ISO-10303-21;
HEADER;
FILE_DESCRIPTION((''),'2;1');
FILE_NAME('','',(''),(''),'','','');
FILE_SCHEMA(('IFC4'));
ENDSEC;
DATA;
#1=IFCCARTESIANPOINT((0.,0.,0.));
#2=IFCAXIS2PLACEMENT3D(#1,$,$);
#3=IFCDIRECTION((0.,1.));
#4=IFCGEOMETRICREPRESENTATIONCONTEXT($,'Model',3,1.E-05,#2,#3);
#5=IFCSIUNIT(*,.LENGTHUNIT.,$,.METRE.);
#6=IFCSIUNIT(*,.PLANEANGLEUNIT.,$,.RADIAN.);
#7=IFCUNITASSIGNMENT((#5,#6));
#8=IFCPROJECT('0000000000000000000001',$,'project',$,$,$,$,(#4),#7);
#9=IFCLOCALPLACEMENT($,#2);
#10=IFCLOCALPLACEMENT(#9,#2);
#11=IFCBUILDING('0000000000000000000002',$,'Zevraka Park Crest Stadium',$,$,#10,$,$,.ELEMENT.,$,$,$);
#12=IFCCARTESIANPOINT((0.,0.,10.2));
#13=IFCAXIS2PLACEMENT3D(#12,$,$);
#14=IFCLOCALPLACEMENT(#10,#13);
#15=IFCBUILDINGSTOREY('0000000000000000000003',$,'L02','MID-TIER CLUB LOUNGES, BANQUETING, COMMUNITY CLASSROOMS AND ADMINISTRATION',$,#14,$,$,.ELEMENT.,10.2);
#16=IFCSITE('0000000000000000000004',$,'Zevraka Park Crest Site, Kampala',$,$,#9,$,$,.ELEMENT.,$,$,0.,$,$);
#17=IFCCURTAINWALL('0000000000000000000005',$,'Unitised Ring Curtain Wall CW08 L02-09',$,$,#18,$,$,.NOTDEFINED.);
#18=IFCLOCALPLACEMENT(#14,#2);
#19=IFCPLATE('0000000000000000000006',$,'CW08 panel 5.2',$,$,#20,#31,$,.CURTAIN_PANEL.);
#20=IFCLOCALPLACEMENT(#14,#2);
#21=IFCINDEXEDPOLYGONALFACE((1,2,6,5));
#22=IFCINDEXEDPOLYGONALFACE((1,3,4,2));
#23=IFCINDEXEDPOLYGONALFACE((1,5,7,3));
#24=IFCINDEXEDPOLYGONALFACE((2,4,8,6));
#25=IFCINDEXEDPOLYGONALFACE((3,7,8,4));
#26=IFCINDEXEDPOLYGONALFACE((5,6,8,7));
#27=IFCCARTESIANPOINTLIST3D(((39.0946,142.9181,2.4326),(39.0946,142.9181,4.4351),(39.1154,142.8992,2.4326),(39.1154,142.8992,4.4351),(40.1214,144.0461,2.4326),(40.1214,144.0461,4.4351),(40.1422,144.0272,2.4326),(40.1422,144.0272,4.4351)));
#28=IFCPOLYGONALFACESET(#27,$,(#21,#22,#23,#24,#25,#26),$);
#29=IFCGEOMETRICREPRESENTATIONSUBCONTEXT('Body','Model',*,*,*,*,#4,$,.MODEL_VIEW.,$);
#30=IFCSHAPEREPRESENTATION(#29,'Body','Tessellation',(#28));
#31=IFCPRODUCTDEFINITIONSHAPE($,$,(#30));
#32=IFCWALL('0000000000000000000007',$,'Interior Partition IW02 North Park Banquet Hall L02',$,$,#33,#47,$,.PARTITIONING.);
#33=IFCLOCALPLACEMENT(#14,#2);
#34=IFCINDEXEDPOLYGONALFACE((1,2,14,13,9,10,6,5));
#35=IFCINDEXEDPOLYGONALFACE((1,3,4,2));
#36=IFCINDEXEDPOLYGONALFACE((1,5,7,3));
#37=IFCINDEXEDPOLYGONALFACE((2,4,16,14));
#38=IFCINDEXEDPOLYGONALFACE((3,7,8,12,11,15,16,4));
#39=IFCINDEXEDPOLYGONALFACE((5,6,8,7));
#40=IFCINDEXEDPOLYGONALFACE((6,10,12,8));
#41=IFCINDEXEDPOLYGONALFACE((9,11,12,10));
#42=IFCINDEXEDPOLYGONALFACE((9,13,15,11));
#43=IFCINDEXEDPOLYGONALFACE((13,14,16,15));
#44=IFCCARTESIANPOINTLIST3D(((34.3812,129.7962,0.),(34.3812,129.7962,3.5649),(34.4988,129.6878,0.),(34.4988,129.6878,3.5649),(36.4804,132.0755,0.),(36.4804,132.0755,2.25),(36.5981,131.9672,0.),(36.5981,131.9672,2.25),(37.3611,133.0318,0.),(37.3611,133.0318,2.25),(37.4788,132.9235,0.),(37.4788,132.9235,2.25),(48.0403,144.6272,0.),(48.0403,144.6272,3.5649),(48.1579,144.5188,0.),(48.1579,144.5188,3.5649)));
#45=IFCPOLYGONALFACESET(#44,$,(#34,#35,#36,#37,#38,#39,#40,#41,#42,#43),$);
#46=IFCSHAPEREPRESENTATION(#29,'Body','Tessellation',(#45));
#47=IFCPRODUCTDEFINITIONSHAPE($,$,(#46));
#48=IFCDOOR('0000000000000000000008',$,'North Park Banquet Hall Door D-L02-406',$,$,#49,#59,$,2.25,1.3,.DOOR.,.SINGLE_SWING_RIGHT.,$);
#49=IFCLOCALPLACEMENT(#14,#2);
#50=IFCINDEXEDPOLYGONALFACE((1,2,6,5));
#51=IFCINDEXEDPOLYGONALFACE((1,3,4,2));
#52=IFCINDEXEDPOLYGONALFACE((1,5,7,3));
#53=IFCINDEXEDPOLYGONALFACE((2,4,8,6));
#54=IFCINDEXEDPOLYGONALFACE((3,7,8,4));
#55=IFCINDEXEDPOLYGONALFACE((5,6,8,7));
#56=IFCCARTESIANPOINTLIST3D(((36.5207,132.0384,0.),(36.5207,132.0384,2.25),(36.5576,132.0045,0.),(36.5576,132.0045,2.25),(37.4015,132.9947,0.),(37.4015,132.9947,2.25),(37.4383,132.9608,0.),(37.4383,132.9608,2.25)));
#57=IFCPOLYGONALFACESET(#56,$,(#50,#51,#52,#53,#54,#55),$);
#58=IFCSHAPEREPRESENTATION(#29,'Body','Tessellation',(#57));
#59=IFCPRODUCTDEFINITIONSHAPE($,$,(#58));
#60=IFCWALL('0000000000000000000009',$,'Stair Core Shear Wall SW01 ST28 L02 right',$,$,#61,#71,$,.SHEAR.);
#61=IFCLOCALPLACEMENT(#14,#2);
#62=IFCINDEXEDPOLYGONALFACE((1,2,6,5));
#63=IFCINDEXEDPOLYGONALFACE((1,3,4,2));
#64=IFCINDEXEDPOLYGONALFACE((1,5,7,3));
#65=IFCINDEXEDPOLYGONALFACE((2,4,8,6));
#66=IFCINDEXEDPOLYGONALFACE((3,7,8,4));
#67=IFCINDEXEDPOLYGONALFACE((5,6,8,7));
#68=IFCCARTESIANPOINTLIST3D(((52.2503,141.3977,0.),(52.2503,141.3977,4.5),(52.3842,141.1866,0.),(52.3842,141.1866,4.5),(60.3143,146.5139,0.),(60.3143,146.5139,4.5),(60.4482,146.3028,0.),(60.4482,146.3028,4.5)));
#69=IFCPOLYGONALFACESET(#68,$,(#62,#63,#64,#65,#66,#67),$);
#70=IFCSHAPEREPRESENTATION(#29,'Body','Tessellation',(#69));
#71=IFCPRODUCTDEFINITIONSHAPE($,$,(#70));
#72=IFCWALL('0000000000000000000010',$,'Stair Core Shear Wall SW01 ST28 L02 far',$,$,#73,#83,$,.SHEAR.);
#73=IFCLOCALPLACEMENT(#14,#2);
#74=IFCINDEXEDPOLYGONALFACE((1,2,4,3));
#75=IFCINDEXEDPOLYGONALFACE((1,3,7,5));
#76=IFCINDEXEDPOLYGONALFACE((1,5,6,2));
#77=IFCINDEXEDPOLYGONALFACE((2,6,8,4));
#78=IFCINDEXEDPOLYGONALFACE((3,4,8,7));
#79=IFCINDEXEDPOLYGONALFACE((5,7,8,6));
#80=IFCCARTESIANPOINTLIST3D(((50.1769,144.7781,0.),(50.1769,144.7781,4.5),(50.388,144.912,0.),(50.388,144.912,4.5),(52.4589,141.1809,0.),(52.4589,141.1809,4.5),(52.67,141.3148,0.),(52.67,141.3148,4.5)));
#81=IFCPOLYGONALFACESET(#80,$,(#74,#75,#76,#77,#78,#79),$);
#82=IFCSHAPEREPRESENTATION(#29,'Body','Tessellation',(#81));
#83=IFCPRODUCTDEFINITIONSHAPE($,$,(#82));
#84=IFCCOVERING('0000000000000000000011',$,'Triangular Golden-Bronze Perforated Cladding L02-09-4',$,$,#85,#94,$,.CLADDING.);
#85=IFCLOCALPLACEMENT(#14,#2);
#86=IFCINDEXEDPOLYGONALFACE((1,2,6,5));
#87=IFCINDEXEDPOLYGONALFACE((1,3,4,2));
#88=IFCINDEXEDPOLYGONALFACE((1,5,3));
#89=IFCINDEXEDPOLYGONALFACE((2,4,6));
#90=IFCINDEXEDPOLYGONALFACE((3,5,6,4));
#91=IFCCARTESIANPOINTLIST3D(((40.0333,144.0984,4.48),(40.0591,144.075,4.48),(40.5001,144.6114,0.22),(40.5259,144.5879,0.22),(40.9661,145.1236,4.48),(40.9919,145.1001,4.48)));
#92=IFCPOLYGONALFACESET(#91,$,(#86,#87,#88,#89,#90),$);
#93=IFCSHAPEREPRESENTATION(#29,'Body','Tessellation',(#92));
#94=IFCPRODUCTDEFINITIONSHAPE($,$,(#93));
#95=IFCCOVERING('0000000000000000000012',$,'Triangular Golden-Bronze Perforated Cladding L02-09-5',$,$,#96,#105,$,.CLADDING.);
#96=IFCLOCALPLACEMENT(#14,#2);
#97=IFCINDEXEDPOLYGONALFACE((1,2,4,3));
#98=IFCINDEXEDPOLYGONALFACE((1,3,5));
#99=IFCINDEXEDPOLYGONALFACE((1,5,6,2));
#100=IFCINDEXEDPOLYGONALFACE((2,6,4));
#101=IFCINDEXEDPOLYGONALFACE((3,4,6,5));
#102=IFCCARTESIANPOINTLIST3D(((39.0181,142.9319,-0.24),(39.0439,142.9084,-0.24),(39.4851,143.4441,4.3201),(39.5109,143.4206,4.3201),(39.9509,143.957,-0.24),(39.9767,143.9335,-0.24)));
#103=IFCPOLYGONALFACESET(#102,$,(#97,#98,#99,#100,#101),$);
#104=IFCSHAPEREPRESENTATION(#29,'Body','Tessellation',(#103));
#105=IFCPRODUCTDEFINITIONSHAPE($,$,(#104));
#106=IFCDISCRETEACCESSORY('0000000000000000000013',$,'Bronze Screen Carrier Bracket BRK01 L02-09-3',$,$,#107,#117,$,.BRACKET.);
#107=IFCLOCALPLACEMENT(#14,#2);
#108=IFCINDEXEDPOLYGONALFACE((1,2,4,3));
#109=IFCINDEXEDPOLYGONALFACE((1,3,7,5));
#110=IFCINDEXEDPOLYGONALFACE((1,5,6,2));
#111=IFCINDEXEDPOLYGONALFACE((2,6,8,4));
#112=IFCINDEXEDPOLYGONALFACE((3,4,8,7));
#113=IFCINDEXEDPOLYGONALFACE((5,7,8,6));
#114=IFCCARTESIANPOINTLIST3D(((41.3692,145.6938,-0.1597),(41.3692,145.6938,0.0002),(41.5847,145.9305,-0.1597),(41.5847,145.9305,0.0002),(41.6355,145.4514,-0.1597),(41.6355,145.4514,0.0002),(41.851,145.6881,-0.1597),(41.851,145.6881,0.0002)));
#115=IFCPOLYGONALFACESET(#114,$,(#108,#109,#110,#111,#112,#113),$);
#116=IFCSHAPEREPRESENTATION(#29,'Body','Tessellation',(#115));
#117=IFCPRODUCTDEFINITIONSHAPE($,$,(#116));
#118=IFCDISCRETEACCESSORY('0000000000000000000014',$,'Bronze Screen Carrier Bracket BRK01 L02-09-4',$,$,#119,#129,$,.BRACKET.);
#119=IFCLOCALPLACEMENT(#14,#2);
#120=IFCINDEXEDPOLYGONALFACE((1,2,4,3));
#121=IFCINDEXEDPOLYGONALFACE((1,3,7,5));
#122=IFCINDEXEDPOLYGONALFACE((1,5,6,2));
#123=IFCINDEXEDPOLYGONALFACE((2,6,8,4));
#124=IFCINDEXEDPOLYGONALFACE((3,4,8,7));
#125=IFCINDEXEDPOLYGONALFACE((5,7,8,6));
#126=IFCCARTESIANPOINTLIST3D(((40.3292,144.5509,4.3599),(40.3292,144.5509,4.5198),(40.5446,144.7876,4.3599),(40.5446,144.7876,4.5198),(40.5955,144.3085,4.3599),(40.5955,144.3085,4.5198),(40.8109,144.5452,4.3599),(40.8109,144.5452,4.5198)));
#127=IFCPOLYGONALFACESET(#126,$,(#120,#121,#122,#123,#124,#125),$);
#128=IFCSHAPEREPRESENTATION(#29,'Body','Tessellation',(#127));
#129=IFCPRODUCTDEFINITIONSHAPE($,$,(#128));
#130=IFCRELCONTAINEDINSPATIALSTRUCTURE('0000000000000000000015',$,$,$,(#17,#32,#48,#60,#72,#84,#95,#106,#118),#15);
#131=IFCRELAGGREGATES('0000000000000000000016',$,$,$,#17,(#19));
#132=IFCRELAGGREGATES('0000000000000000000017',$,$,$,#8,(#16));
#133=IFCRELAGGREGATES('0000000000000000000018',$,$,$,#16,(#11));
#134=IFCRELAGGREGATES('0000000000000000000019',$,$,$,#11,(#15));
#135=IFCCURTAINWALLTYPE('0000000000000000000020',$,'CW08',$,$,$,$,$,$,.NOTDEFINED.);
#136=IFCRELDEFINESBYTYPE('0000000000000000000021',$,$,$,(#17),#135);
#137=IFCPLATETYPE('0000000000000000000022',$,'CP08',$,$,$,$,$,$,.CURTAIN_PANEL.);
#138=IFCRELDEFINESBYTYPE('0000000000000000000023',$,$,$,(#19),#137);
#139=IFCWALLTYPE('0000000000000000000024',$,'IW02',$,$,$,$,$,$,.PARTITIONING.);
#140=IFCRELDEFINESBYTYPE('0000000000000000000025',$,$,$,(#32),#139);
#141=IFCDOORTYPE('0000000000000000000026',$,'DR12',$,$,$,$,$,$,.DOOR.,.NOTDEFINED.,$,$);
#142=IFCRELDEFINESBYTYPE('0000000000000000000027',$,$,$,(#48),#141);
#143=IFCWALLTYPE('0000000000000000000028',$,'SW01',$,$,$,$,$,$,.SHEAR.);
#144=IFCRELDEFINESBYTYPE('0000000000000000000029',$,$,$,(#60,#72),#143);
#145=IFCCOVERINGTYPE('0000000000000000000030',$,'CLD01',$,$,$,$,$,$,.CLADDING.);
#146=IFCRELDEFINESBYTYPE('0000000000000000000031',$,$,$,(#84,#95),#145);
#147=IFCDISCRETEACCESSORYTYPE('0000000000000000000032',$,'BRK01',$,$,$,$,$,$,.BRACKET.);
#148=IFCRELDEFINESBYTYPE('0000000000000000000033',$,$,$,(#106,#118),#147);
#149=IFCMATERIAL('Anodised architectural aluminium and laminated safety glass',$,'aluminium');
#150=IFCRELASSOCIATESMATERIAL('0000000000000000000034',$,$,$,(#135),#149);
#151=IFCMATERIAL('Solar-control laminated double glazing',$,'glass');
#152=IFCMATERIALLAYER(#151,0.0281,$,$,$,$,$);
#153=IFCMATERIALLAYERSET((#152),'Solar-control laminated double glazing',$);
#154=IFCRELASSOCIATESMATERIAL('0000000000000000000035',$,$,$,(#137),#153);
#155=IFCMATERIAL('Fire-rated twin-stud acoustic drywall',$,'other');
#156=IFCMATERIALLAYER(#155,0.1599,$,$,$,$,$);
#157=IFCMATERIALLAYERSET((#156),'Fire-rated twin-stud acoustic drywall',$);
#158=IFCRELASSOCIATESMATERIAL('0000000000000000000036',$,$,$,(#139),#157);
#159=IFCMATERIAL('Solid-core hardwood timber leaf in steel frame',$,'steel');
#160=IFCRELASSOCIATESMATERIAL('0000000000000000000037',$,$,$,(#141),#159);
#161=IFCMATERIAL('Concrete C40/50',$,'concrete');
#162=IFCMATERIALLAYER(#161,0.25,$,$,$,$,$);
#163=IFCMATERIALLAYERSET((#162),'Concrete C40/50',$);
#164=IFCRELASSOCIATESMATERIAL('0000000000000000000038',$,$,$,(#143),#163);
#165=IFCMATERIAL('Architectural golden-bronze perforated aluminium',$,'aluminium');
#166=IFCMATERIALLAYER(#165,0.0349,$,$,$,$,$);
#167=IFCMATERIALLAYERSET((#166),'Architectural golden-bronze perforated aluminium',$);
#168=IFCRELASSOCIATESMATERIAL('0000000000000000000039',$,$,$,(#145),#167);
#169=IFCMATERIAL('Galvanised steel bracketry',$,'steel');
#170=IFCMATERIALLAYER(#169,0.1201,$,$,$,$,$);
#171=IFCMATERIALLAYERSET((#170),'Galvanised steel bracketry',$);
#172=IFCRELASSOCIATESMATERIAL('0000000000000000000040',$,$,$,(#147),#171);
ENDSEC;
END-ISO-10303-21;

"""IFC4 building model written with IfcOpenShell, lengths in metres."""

from ifc_helpers import new_model, si_unit, direction, frame, frame_2d, origin, origin_2d, place, context, subcontext, project, spatial, polyline, rectangle, outline, extrude, material, layer, layer_set, type_object, element, fill, aggregate, save


model = new_model("IFC4")

# Units and contexts
model_context = context("Model", 3, precision=1e-05, world=origin(), true_north=direction((0.0, 1.0)))
body_context = subcontext(model_context, "Body", "Model", "MODEL_VIEW")
ifc_project = project(units=[si_unit("LENGTHUNIT", "METRE"), si_unit("PLANEANGLEUNIT", "RADIAN")], contexts=[model_context])

# Site, building, storey
site_placement = place(None, origin())
site = spatial("IfcSite", under=ifc_project, at=site_placement, Name="Zevraka Park Crest Site, Kampala", CompositionType="ELEMENT", RefElevation=0.0)
building_placement = place(site_placement, origin())
building = spatial("IfcBuilding", under=site, at=building_placement, Name="Zevraka Park Crest Stadium", CompositionType="ELEMENT")
storey_placement = place(building_placement, frame((0.0, 0.0, 10.2)))
storey = spatial("IfcBuildingStorey", under=building, at=storey_placement, Name="L02", Description="MID-TIER CLUB LOUNGES, BANQUETING, COMMUNITY CLASSROOMS AND ADMINISTRATION", CompositionType="ELEMENT", Elevation=10.2)

# Curtain wall
ifc_material_1 = material(Name="Anodised architectural aluminium and laminated safety glass", Category="aluminium")
curtain_wall_type = type_object("IfcCurtainWallType", Name="CW08", PredefinedType="NOTDEFINED", material=ifc_material_1)
curtain_wall_placement = place(storey_placement, origin())
curtain_wall = element("IfcCurtainWall", 1, at=curtain_wall_placement, inside=storey, type_object=curtain_wall_type, Name="Unitised Ring Curtain Wall CW08 L02-09", PredefinedType="NOTDEFINED")

# Plate
ifc_material_2 = material(Name="Solar-control laminated double glazing", Category="glass")
ifc_layer_1 = layer(ifc_material_2, 0.0281)
ifc_layer_set_1 = layer_set([ifc_layer_1], Name="Solar-control laminated double glazing")
plate_type = type_object("IfcPlateType", Name="CP08", PredefinedType="CURTAIN_PANEL", material=ifc_layer_set_1)
plate_1_placement = place(storey_placement, frame((39.6184, 143.4727, 2.4326), z_axis=(0.0, 0.0, 1.0), x_axis=(-0.67316, -0.739497, 0.0)))
plate_1 = element("IfcPlate", 2, at=plate_1_placement, type_object=plate_type, Name="CW08 panel 5.2", PredefinedType="CURTAIN_PANEL", context=body_context, shape_type="SweptSolid", body=[
    extrude(rectangle(XDim=1.5254, YDim=0.0281, at=origin_2d()), origin(), (0.0, 0.0, 1.0), 2.0024),
])
aggregate(curtain_wall, [plate_1])

# Wall, opening, door
ifc_material_3 = material(Name="Fire-rated twin-stud acoustic drywall", Category="other")
ifc_layer_2 = layer(ifc_material_3, 0.1599)
ifc_layer_set_2 = layer_set([ifc_layer_2], Name="Fire-rated twin-stud acoustic drywall")
wall_type_1 = type_object("IfcWallType", Name="IW02", PredefinedType="PARTITIONING", material=ifc_layer_set_2)
wall_1_placement = place(storey_placement, frame((48.0991, 144.573, 0.0), z_axis=(0.0, 0.0, 1.0), x_axis=(-0.677449, -0.73557, 0.0)))
wall_1 = element("IfcWall", 3, at=wall_1_placement, inside=storey, type_object=wall_type_1, Name="Interior Partition IW02 North Park Banquet Hall L02", PredefinedType="PARTITIONING", context=body_context, shape_type="SweptSolid", body=[
    extrude(rectangle(XDim=20.1626, YDim=0.1599, at=frame_2d((10.0813, 0.0))), origin(), (0.0, 0.0, 1.0), 3.5649),
])
opening_placement = place(wall_1_placement, frame((15.7639, 0.0, 0.0)))
opening = element("IfcOpeningElement", 4, at=opening_placement, cuts=wall_1, PredefinedType="OPENING", context=body_context, shape_type="SweptSolid", body=[
    extrude(rectangle(XDim=1.3, YDim=2.25, at=frame_2d((0.6499, 1.125))), frame((0.0, 0.0898, 0.0), z_axis=(0.0, -1.0, 0.0), x_axis=(1.0, 0.0, 0.0)), (0.0, 0.0, 1.0), 0.1799),
])
ifc_material_4 = material(Name="Solid-core hardwood timber leaf in steel frame", Category="steel")
door_type = type_object("IfcDoorType", Name="DR12", OperationType="NOTDEFINED", PredefinedType="DOOR", material=ifc_material_4)
door_placement = place(opening_placement, origin())
door = element("IfcDoor", 5, at=door_placement, inside=storey, type_object=door_type, Name="North Park Banquet Hall Door D-L02-406", OperationType="SINGLE_SWING_RIGHT", OverallHeight=2.25, OverallWidth=1.3, PredefinedType="DOOR", context=body_context, shape_type="SweptSolid", body=[
    extrude(rectangle(XDim=1.3, YDim=2.25, at=frame_2d((0.6499, 1.125))), frame((0.0, 0.0249, 0.0), z_axis=(0.0, -1.0, 0.0), x_axis=(1.0, 0.0, 0.0)), (0.0, 0.0, 1.0), 0.05),
])
fill(opening, door)

# Walls
ifc_material_5 = material(Name="Concrete C40/50", Category="concrete")
ifc_layer_3 = layer(ifc_material_5, 0.25)
ifc_layer_set_3 = layer_set([ifc_layer_3], Name="Concrete C40/50")
wall_type_2 = type_object("IfcWallType", Name="SW01", PredefinedType="SHEAR", material=ifc_layer_set_3)
wall_2_placement = place(storey_placement, frame((52.3174, 141.2922, 0.0), z_axis=(0.0, 0.0, 1.0), x_axis=(0.844391, 0.535727, 0.0)))
element("IfcWall", 6, at=wall_2_placement, inside=storey, type_object=wall_type_2, Name="Stair Core Shear Wall SW01 ST28 L02 right", PredefinedType="SHEAR", context=body_context, shape_type="SweptSolid", body=[
    extrude(rectangle(XDim=9.55, YDim=0.25, at=frame_2d((4.7749, 0.0))), origin(), (0.0, 0.0, 1.0), 4.5),
])
wall_3_placement = place(storey_placement, frame((50.2825, 144.845, 0.0), z_axis=(0.0, 0.0, 1.0), x_axis=(0.535685, -0.844418, 0.0)))
element("IfcWall", 7, at=wall_3_placement, inside=storey, type_object=wall_type_2, Name="Stair Core Shear Wall SW01 ST28 L02 far", PredefinedType="SHEAR", context=body_context, shape_type="SweptSolid", body=[
    extrude(rectangle(XDim=4.26, YDim=0.25, at=frame_2d((2.1299, 0.0))), origin(), (0.0, 0.0, 1.0), 4.5),
])

# Coverings
ifc_material_6 = material(Name="Architectural golden-bronze perforated aluminium", Category="aluminium")
ifc_layer_4 = layer(ifc_material_6, 0.0349)
ifc_layer_set_4 = layer_set([ifc_layer_4], Name="Architectural golden-bronze perforated aluminium")
covering_type = type_object("IfcCoveringType", Name="CLD01", PredefinedType="CLADDING", material=ifc_layer_set_4)
covering_1_placement = place(storey_placement, frame((40.0591, 144.075, 4.48), z_axis=(0.739613, -0.673032, 0.000006), x_axis=(0.673032, 0.739613, 0.0)))
element("IfcCovering", 8, at=covering_1_placement, inside=storey, type_object=covering_type, Name="Triangular Golden-Bronze Perforated Cladding L02-09-4", PredefinedType="CLADDING", context=body_context, shape_type="SweptSolid", body=[
    extrude(outline(polyline([(0.0, 0.0), (1.3861, 0.0), (0.6935, -4.26), (0.0, 0.0)])), origin(), (0.0, 0.0, -1.0), 0.0349),
])
covering_2_placement = place(storey_placement, frame((39.9509, 143.957, -0.24), z_axis=(-0.739613, 0.673032, 0.000153), x_axis=(-0.673032, -0.739613, 0.0)))
element("IfcCovering", 9, at=covering_2_placement, inside=storey, type_object=covering_type, Name="Triangular Golden-Bronze Perforated Cladding L02-09-5", PredefinedType="CLADDING", context=body_context, shape_type="SweptSolid", body=[
    extrude(outline(polyline([(0.0, 0.0), (1.3861, 0.0), (0.6929, 4.5601), (0.0, 0.0)])), origin(), (0.0, 0.0, -1.0), 0.0349),
])

# Discrete accessories
ifc_material_7 = material(Name="Galvanised steel bracketry", Category="steel")
ifc_layer_5 = layer(ifc_material_7, 0.1201)
ifc_layer_set_5 = layer_set([ifc_layer_5], Name="Galvanised steel bracketry")
discrete_accessory_type = type_object("IfcDiscreteAccessoryType", Name="BRK01", PredefinedType="BRACKET", material=ifc_layer_set_5)
for number, where, z_axis, x_axis, name in (
    (10, (41.6101, 145.6909, -0.1597), (0.0, 0.0, 1.0), (-0.673142, -0.739514, 0.0), "Bronze Screen Carrier Bracket BRK01 L02-09-3"),
    (11, (40.5701, 144.5481, 4.3599), (0.0, 0.0, 1.0), (-0.673142, -0.739514, 0.0), "Bronze Screen Carrier Bracket BRK01 L02-09-4"),
):
    element("IfcDiscreteAccessory", number, at=place(storey_placement, frame(where, z_axis=z_axis, x_axis=x_axis)), inside=storey, type_object=discrete_accessory_type, Name=name, PredefinedType="BRACKET", context=body_context, shape_type="SweptSolid", body=[
        extrude(rectangle(XDim=0.3201, YDim=0.3601, at=origin_2d()), origin(), (0.0, 0.0, 1.0), 0.1599),
    ])

save(model, "model.ifc")
